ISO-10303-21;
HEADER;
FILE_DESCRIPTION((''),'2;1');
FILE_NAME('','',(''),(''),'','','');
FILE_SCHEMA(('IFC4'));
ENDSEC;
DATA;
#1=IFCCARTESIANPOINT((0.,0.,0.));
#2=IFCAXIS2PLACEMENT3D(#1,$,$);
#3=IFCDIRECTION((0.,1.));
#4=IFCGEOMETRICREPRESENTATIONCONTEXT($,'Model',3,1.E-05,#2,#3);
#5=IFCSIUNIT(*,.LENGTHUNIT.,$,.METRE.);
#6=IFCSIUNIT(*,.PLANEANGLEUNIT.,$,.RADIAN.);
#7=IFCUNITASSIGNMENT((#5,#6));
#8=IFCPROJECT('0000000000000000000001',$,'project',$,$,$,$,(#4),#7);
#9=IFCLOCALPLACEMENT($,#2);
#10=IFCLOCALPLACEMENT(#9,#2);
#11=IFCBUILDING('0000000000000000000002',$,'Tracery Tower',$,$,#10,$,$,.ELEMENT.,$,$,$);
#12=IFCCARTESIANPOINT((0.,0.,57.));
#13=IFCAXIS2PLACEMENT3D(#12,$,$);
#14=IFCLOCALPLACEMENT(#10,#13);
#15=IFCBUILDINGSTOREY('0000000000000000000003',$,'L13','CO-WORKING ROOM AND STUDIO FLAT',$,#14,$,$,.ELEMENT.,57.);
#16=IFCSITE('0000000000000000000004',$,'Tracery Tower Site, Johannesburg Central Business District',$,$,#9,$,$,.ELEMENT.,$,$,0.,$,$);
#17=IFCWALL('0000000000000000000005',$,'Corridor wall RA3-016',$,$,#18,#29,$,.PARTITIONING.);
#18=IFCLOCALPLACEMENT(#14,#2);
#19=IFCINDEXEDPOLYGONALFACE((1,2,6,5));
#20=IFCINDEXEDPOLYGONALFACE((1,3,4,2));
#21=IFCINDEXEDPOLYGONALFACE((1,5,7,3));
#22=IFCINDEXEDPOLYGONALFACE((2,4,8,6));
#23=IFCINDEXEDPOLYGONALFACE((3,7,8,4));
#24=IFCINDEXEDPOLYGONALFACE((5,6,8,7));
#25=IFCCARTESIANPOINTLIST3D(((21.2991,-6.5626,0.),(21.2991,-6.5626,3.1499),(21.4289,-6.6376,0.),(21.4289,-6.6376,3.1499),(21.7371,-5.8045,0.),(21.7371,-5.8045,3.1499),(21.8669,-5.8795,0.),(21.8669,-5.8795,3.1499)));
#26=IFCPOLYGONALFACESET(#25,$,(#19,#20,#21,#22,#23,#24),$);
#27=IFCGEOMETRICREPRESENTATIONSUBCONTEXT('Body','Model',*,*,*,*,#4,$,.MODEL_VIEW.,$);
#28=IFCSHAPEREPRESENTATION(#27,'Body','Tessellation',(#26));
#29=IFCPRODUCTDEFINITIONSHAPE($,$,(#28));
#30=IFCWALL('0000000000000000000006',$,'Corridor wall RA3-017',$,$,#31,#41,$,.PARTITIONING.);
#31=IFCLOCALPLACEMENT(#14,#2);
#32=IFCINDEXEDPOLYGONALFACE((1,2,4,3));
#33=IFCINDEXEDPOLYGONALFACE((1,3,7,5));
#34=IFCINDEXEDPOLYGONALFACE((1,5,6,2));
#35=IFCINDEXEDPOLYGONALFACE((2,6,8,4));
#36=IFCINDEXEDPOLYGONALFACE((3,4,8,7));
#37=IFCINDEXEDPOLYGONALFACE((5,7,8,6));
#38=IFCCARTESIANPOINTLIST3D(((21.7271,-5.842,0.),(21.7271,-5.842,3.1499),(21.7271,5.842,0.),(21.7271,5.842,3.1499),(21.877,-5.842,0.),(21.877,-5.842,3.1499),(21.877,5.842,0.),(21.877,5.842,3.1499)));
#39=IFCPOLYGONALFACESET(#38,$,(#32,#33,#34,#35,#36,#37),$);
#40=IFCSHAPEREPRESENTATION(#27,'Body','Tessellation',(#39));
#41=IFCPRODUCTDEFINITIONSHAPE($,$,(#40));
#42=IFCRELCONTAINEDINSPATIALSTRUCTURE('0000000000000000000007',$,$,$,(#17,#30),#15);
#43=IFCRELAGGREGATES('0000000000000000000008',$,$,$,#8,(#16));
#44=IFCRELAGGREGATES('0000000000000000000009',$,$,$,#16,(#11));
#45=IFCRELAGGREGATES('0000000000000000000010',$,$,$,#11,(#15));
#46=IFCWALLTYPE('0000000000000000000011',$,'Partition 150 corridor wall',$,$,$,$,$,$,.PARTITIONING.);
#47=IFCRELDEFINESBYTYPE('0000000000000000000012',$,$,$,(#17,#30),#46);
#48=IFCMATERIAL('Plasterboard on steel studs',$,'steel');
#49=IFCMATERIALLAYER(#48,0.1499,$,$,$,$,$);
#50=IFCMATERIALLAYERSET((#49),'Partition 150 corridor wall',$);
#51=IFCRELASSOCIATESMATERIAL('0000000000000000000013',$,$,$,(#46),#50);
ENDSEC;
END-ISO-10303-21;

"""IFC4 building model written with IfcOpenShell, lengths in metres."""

from ifc_helpers import new_model, si_unit, direction, frame, frame_2d, origin, place, context, subcontext, project, spatial, rectangle, extrude, material, layer, layer_set, type_object, element, save


model = new_model("IFC4")

# Units and contexts
model_context = context("Model", 3, precision=1e-05, world=origin(), true_north=direction((0.0, 1.0)))
body_context = subcontext(model_context, "Body", "Model", "MODEL_VIEW")
ifc_project = project(units=[si_unit("LENGTHUNIT", "METRE"), si_unit("PLANEANGLEUNIT", "RADIAN")], contexts=[model_context])

# Site, building, storey
site_placement = place(None, origin())
site = spatial("IfcSite", under=ifc_project, at=site_placement, Name="Tracery Tower Site, Johannesburg Central Business District", CompositionType="ELEMENT", RefElevation=0.0)
building_placement = place(site_placement, origin())
building = spatial("IfcBuilding", under=site, at=building_placement, Name="Tracery Tower", CompositionType="ELEMENT")
storey_placement = place(building_placement, frame((0.0, 0.0, 57.0)))
storey = spatial("IfcBuildingStorey", under=building, at=storey_placement, Name="L13", Description="CO-WORKING ROOM AND STUDIO FLAT", CompositionType="ELEMENT", Elevation=57.0)

# Shared definitions
ifc_material_1 = material(Name="Plasterboard on steel studs", Category="steel")
ifc_layer_1 = layer(ifc_material_1, 0.1499)
ifc_layer_set_1 = layer_set([ifc_layer_1], Name="Partition 150 corridor wall")
wall_type_1 = type_object("IfcWallType", Name="Partition 150 corridor wall", PredefinedType="PARTITIONING", material=ifc_layer_set_1)

# Walls
wall_1_placement = place(storey_placement, frame((21.364, -6.6001, 0.0), z_axis=(0.0, 0.0, 1.0), x_axis=(0.500278, 0.865865, 0.0)))
element("IfcWall", 1, at=wall_1_placement, inside=storey, type_object=wall_type_1, Name="Corridor wall RA3-016", PredefinedType="PARTITIONING", context=body_context, shape_type="SweptSolid", body=[
    extrude(rectangle(XDim=0.8755, YDim=0.1499, at=frame_2d((0.4377, 0.0))), origin(), (0.0, 0.0, 1.0), 3.1499),
])
wall_2_placement = place(storey_placement, frame((21.802, -5.842, 0.0), z_axis=(0.0, 0.0, 1.0), x_axis=(0.0, 1.0, 0.0)))
element("IfcWall", 2, at=wall_2_placement, inside=storey, type_object=wall_type_1, Name="Corridor wall RA3-017", PredefinedType="PARTITIONING", context=body_context, shape_type="SweptSolid", body=[
    extrude(rectangle(XDim=11.6841, YDim=0.1499, at=frame_2d((5.842, 0.0))), origin(), (0.0, 0.0, 1.0), 3.1499),
])

save(model, "model.ifc")
